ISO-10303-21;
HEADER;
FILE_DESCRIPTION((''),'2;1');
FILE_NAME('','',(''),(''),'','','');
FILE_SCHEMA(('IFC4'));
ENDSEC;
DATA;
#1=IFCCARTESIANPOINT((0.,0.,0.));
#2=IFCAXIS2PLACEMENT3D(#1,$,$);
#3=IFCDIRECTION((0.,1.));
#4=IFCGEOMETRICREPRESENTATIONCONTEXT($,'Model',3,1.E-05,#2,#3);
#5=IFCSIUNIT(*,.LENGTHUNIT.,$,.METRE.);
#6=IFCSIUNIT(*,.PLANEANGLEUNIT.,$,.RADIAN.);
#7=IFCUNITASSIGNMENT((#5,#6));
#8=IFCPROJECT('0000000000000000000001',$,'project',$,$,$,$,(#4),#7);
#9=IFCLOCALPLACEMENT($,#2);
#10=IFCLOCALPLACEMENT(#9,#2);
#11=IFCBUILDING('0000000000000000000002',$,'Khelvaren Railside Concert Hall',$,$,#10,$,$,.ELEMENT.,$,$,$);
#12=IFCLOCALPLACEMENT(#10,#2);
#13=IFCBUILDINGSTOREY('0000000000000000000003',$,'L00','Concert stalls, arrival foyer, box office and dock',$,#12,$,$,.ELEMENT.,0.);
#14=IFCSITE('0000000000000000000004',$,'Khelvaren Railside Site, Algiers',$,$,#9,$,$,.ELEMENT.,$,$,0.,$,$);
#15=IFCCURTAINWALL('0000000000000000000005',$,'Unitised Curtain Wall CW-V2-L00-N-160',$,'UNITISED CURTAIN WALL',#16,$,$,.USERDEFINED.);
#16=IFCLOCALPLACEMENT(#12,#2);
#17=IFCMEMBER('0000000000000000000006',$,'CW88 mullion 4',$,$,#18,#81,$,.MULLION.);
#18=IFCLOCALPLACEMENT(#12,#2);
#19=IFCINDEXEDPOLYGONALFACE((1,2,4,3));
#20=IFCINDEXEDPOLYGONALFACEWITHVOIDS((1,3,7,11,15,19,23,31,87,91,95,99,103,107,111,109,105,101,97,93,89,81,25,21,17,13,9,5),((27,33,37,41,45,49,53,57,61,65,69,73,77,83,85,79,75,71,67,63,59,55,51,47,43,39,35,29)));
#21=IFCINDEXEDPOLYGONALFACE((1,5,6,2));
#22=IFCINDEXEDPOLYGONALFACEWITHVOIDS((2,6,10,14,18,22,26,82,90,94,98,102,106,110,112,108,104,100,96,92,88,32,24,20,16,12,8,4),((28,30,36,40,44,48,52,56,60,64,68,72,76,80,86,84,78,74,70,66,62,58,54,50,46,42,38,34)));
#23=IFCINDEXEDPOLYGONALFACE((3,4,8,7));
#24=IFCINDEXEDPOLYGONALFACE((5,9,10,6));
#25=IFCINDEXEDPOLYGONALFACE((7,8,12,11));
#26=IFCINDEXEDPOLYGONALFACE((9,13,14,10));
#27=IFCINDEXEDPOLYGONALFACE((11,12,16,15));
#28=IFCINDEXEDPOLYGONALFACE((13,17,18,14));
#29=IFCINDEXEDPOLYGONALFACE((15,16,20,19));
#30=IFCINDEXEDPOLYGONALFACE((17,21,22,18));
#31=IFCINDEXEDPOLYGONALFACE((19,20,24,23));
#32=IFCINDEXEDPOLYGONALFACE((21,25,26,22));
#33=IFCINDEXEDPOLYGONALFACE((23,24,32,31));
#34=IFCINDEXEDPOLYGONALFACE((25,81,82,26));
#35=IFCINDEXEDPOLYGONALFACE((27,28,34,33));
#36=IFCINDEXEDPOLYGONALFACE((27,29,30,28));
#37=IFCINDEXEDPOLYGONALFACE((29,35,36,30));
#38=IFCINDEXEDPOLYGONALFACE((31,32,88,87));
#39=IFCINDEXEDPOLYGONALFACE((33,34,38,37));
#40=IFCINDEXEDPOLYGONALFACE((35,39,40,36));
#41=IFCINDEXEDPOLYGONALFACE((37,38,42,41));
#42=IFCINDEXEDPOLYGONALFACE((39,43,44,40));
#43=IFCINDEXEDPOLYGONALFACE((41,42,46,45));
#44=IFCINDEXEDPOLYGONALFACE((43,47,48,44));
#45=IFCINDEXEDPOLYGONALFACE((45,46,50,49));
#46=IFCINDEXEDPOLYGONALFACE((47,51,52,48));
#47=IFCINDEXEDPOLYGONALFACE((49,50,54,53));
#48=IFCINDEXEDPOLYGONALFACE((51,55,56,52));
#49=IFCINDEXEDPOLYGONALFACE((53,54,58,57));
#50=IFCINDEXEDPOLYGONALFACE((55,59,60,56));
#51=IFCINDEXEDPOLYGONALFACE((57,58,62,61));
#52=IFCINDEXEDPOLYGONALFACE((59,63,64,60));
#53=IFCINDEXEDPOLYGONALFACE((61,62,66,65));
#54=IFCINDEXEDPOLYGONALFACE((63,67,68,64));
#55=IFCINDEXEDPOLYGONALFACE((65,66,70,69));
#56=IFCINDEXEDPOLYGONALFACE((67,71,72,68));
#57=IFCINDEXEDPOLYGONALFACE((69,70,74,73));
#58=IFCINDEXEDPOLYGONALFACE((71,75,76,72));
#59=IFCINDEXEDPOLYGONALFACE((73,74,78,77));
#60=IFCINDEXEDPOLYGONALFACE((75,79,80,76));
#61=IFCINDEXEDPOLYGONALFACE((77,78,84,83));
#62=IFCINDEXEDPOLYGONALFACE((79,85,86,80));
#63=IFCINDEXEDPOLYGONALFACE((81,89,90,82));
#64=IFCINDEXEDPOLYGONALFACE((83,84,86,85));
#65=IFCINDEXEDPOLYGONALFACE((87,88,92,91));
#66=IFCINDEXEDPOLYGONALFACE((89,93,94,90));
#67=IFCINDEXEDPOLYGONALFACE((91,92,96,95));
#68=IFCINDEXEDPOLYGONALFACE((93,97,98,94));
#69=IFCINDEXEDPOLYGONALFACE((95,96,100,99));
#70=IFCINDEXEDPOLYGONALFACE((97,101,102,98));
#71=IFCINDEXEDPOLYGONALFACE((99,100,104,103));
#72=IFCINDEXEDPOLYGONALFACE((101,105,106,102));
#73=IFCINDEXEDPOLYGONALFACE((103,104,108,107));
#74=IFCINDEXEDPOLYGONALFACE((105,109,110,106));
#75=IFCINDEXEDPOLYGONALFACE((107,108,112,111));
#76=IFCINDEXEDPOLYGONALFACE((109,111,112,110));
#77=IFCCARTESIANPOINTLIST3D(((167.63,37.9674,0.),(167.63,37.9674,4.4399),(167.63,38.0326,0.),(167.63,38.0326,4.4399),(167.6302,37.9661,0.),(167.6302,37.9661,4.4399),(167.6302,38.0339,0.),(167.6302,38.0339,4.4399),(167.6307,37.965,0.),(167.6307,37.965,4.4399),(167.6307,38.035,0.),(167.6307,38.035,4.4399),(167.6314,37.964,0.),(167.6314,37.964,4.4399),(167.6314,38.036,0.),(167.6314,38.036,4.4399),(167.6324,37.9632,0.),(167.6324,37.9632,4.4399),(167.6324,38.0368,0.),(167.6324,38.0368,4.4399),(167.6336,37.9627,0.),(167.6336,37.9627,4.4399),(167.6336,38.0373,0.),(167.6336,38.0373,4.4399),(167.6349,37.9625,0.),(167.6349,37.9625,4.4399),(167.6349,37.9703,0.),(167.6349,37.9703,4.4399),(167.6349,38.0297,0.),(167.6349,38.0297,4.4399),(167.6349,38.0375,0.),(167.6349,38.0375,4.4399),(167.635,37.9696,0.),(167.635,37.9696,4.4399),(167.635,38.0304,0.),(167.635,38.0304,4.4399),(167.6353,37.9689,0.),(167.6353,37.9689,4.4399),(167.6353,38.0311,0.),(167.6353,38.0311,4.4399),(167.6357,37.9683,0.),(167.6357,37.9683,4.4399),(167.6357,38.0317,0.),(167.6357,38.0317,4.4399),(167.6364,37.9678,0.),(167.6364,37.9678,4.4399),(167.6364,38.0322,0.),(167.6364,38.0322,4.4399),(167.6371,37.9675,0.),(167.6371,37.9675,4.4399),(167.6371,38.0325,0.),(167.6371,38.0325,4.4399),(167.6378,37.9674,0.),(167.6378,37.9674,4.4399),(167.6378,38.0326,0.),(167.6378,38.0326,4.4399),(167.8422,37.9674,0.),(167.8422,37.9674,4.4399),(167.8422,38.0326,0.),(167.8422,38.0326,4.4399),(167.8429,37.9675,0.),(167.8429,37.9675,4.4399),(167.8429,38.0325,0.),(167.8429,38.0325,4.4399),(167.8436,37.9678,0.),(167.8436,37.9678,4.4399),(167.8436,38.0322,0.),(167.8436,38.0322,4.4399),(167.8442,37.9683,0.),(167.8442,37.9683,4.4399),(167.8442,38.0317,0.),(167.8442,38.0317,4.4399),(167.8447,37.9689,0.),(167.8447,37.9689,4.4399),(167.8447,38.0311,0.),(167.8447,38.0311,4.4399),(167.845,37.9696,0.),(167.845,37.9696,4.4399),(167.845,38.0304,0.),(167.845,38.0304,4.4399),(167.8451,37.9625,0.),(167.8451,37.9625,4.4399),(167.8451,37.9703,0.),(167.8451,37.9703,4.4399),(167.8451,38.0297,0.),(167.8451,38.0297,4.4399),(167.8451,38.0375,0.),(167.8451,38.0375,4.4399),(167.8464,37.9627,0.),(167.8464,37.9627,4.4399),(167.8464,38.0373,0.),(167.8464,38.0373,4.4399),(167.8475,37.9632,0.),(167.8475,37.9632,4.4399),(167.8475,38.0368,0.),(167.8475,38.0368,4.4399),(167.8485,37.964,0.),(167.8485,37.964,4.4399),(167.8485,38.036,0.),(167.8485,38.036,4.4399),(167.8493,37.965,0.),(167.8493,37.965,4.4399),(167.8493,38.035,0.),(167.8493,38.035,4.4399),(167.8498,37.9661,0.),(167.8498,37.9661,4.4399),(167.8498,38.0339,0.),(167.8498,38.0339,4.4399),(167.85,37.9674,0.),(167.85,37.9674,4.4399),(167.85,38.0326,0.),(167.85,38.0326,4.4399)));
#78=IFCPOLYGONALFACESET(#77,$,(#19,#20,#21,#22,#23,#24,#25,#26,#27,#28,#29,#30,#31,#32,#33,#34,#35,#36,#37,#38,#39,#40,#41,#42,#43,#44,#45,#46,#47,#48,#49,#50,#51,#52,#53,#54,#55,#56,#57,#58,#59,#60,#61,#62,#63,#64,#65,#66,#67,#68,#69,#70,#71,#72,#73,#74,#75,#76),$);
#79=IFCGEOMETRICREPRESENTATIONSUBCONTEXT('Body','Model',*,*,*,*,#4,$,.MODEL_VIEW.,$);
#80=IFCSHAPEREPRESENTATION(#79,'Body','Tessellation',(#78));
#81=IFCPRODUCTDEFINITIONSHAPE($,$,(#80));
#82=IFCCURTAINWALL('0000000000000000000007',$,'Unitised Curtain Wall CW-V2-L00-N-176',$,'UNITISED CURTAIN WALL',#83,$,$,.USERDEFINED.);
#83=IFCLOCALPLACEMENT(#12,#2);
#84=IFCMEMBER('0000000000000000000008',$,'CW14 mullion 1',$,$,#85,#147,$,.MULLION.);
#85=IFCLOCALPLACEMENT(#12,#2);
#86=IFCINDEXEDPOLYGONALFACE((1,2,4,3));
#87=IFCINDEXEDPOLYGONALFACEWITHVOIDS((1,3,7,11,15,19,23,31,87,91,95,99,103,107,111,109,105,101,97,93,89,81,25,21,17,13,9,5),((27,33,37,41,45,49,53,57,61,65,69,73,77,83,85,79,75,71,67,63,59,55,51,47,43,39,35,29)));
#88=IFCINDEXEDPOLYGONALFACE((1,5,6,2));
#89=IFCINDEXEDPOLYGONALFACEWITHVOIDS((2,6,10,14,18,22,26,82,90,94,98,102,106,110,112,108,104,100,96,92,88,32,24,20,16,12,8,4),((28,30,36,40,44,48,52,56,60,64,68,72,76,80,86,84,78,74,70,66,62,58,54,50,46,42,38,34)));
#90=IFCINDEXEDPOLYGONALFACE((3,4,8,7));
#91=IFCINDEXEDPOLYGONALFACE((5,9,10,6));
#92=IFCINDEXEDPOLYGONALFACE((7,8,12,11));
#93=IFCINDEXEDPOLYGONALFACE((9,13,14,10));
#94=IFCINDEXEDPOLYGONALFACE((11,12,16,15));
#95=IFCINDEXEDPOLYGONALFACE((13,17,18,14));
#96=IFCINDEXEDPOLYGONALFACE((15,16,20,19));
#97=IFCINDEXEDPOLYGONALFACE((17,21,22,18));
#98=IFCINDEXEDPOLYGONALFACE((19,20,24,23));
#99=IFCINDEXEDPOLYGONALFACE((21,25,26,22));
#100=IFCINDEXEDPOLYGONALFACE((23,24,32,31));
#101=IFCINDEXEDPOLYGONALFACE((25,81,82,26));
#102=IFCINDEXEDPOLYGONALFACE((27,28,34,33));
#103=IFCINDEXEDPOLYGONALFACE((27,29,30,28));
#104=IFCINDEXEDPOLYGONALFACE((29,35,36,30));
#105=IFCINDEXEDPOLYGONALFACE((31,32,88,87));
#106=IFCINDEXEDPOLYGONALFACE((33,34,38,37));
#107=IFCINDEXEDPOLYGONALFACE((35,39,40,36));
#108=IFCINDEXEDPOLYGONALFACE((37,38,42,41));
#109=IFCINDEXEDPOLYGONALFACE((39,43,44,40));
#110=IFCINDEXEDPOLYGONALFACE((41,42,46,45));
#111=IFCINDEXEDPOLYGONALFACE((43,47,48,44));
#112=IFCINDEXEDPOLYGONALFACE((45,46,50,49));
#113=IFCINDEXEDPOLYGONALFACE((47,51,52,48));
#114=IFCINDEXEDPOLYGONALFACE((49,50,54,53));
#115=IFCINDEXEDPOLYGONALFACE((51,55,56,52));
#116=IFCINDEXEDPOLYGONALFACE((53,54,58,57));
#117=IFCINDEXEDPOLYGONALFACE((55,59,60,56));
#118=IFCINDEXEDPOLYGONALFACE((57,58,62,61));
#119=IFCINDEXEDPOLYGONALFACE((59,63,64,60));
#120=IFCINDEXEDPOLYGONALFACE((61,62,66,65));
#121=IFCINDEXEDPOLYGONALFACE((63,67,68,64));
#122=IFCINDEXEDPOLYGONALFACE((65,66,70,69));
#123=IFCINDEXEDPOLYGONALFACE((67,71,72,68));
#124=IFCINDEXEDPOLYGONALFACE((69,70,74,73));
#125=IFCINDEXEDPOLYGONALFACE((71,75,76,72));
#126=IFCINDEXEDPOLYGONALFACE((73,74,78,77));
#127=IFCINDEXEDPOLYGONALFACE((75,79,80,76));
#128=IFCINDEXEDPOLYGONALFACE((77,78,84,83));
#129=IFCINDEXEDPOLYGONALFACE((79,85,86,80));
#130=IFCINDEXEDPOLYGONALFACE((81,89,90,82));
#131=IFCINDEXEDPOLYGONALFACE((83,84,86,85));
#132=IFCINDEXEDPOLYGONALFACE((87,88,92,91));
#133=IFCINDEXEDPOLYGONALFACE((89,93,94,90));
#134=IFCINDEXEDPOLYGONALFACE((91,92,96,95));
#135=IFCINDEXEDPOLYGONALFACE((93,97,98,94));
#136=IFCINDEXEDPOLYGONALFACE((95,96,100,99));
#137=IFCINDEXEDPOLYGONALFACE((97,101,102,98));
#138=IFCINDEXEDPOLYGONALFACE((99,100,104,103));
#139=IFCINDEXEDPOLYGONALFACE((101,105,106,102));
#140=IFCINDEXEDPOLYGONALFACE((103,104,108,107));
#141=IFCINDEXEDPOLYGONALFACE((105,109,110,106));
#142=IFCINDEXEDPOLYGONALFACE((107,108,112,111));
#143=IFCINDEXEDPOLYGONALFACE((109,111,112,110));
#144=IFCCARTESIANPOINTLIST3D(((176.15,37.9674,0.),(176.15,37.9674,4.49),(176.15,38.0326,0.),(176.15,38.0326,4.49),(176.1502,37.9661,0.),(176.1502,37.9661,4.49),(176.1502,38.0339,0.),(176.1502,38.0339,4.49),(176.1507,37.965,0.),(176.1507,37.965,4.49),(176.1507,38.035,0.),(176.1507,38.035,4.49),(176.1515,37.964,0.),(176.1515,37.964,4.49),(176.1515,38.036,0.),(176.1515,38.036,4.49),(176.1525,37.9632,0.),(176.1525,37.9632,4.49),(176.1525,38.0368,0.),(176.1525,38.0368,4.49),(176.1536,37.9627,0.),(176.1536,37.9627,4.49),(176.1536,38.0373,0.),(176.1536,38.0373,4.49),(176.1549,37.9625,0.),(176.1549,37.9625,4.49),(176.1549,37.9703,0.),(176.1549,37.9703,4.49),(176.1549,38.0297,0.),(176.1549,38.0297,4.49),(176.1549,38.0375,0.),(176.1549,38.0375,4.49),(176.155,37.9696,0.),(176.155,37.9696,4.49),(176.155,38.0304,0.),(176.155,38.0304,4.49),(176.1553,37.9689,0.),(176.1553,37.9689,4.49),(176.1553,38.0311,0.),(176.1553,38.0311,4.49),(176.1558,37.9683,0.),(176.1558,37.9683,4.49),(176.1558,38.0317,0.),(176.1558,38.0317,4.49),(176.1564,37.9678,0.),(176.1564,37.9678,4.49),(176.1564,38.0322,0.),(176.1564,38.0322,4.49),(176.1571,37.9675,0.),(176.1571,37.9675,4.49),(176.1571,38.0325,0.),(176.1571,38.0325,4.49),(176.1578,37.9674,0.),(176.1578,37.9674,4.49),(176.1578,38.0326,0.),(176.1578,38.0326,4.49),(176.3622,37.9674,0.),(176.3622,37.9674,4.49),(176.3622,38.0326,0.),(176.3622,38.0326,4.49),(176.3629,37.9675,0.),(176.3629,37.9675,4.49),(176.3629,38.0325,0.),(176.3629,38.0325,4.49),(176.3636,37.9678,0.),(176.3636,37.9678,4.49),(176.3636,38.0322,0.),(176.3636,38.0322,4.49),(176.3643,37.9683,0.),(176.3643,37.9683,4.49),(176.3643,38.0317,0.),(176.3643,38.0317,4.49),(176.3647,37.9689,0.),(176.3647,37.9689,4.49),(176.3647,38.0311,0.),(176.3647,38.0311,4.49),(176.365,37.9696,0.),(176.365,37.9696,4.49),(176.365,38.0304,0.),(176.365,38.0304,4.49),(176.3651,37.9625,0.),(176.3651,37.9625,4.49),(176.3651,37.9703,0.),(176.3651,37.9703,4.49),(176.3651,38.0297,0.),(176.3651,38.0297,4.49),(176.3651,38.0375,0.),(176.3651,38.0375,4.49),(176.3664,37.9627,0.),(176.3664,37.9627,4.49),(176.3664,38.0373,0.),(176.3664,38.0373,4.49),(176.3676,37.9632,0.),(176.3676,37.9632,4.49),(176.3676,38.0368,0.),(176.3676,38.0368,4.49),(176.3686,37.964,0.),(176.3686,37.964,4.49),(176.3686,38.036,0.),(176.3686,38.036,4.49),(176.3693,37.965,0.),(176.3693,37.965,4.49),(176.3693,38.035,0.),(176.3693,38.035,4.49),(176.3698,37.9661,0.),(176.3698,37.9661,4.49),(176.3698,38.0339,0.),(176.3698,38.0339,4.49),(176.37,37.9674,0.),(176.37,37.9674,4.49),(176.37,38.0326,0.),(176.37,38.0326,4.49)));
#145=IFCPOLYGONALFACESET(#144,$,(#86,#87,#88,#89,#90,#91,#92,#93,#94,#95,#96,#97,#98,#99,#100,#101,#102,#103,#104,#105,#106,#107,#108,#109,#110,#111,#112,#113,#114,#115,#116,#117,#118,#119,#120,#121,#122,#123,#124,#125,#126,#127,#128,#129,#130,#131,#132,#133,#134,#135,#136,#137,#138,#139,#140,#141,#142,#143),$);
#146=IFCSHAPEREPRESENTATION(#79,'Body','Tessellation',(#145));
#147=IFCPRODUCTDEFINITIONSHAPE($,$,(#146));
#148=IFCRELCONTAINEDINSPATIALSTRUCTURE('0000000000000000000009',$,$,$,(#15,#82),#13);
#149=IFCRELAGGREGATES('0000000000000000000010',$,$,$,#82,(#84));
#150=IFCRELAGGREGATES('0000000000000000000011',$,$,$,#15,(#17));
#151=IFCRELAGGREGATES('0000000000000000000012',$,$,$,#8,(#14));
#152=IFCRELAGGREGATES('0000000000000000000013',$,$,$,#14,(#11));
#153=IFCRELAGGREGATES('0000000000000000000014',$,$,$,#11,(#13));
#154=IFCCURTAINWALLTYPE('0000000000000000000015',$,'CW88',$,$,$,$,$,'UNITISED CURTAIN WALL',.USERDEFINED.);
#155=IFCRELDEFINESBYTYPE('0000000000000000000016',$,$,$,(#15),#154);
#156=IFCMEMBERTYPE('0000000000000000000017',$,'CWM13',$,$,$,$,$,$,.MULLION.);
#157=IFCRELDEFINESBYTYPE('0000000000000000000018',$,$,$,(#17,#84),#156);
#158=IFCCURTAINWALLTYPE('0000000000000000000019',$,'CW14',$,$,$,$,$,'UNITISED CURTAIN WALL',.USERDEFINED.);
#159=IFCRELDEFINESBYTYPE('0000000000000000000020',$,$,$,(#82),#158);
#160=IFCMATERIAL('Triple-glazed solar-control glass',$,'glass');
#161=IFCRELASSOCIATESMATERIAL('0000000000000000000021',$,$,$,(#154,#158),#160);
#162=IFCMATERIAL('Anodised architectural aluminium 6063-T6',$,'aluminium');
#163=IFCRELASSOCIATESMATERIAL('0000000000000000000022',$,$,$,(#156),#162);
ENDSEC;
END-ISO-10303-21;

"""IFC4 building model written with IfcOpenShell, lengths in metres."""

from ifc_helpers import new_model, si_unit, direction, frame, origin, origin_2d, place, context, subcontext, project, spatial, hollow_rectangle, extrude, material, material_profile, profile_set, type_object, element, aggregate, save


model = new_model("IFC4")

# Units and contexts
model_context = context("Model", 3, precision=1e-05, world=origin(), true_north=direction((0.0, 1.0)))
body_context = subcontext(model_context, "Body", "Model", "MODEL_VIEW")
ifc_project = project(units=[si_unit("LENGTHUNIT", "METRE"), si_unit("PLANEANGLEUNIT", "RADIAN")], contexts=[model_context])

# Site, building, storey
site_placement = place(None, origin())
site = spatial("IfcSite", under=ifc_project, at=site_placement, Name="Khelvaren Railside Site, Algiers", CompositionType="ELEMENT", RefElevation=0.0)
building_placement = place(site_placement, origin())
building = spatial("IfcBuilding", under=site, at=building_placement, Name="Khelvaren Railside Concert Hall", CompositionType="ELEMENT")
storey_placement = place(building_placement, origin())
storey = spatial("IfcBuildingStorey", under=building, at=storey_placement, Name="L00", Description="Concert stalls, arrival foyer, box office and dock", CompositionType="ELEMENT", Elevation=0.0)

# Curtain wall, member
ifc_material_1 = material(Name="Triple-glazed solar-control glass", Category="glass")
curtain_wall_type_1 = type_object("IfcCurtainWallType", Name="CW88", ElementType="UNITISED CURTAIN WALL", PredefinedType="USERDEFINED", material=ifc_material_1)
curtain_wall_1_placement = place(storey_placement, origin())
curtain_wall_1 = element("IfcCurtainWall", 1, at=curtain_wall_1_placement, inside=storey, type_object=curtain_wall_type_1, Name="Unitised Curtain Wall CW-V2-L00-N-160", ObjectType="UNITISED CURTAIN WALL", PredefinedType="USERDEFINED")
ifc_material_2 = material(Name="Anodised architectural aluminium 6063-T6", Category="aluminium")
ifc_material_profile_1 = material_profile(ifc_material_2, hollow_rectangle(XDim=0.075, YDim=0.22, WallThickness=0.0049, InnerFilletRadius=0.0029, OuterFilletRadius=0.0049, at=origin_2d()), Name="CWM 75x220x5")
ifc_profile_set_1 = profile_set([ifc_material_profile_1], Name="Anodised architectural aluminium 6063-T6")
member_type_1 = type_object("IfcMemberType", Name="CWM13", PredefinedType="MULLION", material=ifc_profile_set_1)
member_1_placement = place(storey_placement, frame((167.74, 38.0, 0.0), z_axis=(0.0, 0.0, 1.0), x_axis=(0.0, 1.0, 0.0)))
member_1 = element("IfcMember", 2, at=member_1_placement, type_object=member_type_1, Name="CW88 mullion 4", PredefinedType="MULLION", context=body_context, shape_type="SweptSolid", body=[
    extrude(hollow_rectangle(XDim=0.075, YDim=0.22, WallThickness=0.0049, InnerFilletRadius=0.0029, OuterFilletRadius=0.0049, at=origin_2d()), origin(), (0.0, 0.0, 1.0), 4.4399),
])

# Curtain wall, member
curtain_wall_type_2 = type_object("IfcCurtainWallType", Name="CW14", ElementType="UNITISED CURTAIN WALL", PredefinedType="USERDEFINED", material=ifc_material_1)
curtain_wall_2_placement = place(storey_placement, origin())
curtain_wall_2 = element("IfcCurtainWall", 3, at=curtain_wall_2_placement, inside=storey, type_object=curtain_wall_type_2, Name="Unitised Curtain Wall CW-V2-L00-N-176", ObjectType="UNITISED CURTAIN WALL", PredefinedType="USERDEFINED")
member_2_placement = place(storey_placement, frame((176.26, 38.0, 0.0), z_axis=(0.0, 0.0, 1.0), x_axis=(0.0, 1.0, 0.0)))
member_2 = element("IfcMember", 4, at=member_2_placement, type_object=member_type_1, Name="CW14 mullion 1", PredefinedType="MULLION", context=body_context, shape_type="SweptSolid", body=[
    extrude(hollow_rectangle(XDim=0.075, YDim=0.22, WallThickness=0.0049, InnerFilletRadius=0.0029, OuterFilletRadius=0.0049, at=origin_2d()), origin(), (0.0, 0.0, 1.0), 4.49),
])

aggregate(curtain_wall_2, [member_2])

aggregate(curtain_wall_1, [member_1])

save(model, "model.ifc")
